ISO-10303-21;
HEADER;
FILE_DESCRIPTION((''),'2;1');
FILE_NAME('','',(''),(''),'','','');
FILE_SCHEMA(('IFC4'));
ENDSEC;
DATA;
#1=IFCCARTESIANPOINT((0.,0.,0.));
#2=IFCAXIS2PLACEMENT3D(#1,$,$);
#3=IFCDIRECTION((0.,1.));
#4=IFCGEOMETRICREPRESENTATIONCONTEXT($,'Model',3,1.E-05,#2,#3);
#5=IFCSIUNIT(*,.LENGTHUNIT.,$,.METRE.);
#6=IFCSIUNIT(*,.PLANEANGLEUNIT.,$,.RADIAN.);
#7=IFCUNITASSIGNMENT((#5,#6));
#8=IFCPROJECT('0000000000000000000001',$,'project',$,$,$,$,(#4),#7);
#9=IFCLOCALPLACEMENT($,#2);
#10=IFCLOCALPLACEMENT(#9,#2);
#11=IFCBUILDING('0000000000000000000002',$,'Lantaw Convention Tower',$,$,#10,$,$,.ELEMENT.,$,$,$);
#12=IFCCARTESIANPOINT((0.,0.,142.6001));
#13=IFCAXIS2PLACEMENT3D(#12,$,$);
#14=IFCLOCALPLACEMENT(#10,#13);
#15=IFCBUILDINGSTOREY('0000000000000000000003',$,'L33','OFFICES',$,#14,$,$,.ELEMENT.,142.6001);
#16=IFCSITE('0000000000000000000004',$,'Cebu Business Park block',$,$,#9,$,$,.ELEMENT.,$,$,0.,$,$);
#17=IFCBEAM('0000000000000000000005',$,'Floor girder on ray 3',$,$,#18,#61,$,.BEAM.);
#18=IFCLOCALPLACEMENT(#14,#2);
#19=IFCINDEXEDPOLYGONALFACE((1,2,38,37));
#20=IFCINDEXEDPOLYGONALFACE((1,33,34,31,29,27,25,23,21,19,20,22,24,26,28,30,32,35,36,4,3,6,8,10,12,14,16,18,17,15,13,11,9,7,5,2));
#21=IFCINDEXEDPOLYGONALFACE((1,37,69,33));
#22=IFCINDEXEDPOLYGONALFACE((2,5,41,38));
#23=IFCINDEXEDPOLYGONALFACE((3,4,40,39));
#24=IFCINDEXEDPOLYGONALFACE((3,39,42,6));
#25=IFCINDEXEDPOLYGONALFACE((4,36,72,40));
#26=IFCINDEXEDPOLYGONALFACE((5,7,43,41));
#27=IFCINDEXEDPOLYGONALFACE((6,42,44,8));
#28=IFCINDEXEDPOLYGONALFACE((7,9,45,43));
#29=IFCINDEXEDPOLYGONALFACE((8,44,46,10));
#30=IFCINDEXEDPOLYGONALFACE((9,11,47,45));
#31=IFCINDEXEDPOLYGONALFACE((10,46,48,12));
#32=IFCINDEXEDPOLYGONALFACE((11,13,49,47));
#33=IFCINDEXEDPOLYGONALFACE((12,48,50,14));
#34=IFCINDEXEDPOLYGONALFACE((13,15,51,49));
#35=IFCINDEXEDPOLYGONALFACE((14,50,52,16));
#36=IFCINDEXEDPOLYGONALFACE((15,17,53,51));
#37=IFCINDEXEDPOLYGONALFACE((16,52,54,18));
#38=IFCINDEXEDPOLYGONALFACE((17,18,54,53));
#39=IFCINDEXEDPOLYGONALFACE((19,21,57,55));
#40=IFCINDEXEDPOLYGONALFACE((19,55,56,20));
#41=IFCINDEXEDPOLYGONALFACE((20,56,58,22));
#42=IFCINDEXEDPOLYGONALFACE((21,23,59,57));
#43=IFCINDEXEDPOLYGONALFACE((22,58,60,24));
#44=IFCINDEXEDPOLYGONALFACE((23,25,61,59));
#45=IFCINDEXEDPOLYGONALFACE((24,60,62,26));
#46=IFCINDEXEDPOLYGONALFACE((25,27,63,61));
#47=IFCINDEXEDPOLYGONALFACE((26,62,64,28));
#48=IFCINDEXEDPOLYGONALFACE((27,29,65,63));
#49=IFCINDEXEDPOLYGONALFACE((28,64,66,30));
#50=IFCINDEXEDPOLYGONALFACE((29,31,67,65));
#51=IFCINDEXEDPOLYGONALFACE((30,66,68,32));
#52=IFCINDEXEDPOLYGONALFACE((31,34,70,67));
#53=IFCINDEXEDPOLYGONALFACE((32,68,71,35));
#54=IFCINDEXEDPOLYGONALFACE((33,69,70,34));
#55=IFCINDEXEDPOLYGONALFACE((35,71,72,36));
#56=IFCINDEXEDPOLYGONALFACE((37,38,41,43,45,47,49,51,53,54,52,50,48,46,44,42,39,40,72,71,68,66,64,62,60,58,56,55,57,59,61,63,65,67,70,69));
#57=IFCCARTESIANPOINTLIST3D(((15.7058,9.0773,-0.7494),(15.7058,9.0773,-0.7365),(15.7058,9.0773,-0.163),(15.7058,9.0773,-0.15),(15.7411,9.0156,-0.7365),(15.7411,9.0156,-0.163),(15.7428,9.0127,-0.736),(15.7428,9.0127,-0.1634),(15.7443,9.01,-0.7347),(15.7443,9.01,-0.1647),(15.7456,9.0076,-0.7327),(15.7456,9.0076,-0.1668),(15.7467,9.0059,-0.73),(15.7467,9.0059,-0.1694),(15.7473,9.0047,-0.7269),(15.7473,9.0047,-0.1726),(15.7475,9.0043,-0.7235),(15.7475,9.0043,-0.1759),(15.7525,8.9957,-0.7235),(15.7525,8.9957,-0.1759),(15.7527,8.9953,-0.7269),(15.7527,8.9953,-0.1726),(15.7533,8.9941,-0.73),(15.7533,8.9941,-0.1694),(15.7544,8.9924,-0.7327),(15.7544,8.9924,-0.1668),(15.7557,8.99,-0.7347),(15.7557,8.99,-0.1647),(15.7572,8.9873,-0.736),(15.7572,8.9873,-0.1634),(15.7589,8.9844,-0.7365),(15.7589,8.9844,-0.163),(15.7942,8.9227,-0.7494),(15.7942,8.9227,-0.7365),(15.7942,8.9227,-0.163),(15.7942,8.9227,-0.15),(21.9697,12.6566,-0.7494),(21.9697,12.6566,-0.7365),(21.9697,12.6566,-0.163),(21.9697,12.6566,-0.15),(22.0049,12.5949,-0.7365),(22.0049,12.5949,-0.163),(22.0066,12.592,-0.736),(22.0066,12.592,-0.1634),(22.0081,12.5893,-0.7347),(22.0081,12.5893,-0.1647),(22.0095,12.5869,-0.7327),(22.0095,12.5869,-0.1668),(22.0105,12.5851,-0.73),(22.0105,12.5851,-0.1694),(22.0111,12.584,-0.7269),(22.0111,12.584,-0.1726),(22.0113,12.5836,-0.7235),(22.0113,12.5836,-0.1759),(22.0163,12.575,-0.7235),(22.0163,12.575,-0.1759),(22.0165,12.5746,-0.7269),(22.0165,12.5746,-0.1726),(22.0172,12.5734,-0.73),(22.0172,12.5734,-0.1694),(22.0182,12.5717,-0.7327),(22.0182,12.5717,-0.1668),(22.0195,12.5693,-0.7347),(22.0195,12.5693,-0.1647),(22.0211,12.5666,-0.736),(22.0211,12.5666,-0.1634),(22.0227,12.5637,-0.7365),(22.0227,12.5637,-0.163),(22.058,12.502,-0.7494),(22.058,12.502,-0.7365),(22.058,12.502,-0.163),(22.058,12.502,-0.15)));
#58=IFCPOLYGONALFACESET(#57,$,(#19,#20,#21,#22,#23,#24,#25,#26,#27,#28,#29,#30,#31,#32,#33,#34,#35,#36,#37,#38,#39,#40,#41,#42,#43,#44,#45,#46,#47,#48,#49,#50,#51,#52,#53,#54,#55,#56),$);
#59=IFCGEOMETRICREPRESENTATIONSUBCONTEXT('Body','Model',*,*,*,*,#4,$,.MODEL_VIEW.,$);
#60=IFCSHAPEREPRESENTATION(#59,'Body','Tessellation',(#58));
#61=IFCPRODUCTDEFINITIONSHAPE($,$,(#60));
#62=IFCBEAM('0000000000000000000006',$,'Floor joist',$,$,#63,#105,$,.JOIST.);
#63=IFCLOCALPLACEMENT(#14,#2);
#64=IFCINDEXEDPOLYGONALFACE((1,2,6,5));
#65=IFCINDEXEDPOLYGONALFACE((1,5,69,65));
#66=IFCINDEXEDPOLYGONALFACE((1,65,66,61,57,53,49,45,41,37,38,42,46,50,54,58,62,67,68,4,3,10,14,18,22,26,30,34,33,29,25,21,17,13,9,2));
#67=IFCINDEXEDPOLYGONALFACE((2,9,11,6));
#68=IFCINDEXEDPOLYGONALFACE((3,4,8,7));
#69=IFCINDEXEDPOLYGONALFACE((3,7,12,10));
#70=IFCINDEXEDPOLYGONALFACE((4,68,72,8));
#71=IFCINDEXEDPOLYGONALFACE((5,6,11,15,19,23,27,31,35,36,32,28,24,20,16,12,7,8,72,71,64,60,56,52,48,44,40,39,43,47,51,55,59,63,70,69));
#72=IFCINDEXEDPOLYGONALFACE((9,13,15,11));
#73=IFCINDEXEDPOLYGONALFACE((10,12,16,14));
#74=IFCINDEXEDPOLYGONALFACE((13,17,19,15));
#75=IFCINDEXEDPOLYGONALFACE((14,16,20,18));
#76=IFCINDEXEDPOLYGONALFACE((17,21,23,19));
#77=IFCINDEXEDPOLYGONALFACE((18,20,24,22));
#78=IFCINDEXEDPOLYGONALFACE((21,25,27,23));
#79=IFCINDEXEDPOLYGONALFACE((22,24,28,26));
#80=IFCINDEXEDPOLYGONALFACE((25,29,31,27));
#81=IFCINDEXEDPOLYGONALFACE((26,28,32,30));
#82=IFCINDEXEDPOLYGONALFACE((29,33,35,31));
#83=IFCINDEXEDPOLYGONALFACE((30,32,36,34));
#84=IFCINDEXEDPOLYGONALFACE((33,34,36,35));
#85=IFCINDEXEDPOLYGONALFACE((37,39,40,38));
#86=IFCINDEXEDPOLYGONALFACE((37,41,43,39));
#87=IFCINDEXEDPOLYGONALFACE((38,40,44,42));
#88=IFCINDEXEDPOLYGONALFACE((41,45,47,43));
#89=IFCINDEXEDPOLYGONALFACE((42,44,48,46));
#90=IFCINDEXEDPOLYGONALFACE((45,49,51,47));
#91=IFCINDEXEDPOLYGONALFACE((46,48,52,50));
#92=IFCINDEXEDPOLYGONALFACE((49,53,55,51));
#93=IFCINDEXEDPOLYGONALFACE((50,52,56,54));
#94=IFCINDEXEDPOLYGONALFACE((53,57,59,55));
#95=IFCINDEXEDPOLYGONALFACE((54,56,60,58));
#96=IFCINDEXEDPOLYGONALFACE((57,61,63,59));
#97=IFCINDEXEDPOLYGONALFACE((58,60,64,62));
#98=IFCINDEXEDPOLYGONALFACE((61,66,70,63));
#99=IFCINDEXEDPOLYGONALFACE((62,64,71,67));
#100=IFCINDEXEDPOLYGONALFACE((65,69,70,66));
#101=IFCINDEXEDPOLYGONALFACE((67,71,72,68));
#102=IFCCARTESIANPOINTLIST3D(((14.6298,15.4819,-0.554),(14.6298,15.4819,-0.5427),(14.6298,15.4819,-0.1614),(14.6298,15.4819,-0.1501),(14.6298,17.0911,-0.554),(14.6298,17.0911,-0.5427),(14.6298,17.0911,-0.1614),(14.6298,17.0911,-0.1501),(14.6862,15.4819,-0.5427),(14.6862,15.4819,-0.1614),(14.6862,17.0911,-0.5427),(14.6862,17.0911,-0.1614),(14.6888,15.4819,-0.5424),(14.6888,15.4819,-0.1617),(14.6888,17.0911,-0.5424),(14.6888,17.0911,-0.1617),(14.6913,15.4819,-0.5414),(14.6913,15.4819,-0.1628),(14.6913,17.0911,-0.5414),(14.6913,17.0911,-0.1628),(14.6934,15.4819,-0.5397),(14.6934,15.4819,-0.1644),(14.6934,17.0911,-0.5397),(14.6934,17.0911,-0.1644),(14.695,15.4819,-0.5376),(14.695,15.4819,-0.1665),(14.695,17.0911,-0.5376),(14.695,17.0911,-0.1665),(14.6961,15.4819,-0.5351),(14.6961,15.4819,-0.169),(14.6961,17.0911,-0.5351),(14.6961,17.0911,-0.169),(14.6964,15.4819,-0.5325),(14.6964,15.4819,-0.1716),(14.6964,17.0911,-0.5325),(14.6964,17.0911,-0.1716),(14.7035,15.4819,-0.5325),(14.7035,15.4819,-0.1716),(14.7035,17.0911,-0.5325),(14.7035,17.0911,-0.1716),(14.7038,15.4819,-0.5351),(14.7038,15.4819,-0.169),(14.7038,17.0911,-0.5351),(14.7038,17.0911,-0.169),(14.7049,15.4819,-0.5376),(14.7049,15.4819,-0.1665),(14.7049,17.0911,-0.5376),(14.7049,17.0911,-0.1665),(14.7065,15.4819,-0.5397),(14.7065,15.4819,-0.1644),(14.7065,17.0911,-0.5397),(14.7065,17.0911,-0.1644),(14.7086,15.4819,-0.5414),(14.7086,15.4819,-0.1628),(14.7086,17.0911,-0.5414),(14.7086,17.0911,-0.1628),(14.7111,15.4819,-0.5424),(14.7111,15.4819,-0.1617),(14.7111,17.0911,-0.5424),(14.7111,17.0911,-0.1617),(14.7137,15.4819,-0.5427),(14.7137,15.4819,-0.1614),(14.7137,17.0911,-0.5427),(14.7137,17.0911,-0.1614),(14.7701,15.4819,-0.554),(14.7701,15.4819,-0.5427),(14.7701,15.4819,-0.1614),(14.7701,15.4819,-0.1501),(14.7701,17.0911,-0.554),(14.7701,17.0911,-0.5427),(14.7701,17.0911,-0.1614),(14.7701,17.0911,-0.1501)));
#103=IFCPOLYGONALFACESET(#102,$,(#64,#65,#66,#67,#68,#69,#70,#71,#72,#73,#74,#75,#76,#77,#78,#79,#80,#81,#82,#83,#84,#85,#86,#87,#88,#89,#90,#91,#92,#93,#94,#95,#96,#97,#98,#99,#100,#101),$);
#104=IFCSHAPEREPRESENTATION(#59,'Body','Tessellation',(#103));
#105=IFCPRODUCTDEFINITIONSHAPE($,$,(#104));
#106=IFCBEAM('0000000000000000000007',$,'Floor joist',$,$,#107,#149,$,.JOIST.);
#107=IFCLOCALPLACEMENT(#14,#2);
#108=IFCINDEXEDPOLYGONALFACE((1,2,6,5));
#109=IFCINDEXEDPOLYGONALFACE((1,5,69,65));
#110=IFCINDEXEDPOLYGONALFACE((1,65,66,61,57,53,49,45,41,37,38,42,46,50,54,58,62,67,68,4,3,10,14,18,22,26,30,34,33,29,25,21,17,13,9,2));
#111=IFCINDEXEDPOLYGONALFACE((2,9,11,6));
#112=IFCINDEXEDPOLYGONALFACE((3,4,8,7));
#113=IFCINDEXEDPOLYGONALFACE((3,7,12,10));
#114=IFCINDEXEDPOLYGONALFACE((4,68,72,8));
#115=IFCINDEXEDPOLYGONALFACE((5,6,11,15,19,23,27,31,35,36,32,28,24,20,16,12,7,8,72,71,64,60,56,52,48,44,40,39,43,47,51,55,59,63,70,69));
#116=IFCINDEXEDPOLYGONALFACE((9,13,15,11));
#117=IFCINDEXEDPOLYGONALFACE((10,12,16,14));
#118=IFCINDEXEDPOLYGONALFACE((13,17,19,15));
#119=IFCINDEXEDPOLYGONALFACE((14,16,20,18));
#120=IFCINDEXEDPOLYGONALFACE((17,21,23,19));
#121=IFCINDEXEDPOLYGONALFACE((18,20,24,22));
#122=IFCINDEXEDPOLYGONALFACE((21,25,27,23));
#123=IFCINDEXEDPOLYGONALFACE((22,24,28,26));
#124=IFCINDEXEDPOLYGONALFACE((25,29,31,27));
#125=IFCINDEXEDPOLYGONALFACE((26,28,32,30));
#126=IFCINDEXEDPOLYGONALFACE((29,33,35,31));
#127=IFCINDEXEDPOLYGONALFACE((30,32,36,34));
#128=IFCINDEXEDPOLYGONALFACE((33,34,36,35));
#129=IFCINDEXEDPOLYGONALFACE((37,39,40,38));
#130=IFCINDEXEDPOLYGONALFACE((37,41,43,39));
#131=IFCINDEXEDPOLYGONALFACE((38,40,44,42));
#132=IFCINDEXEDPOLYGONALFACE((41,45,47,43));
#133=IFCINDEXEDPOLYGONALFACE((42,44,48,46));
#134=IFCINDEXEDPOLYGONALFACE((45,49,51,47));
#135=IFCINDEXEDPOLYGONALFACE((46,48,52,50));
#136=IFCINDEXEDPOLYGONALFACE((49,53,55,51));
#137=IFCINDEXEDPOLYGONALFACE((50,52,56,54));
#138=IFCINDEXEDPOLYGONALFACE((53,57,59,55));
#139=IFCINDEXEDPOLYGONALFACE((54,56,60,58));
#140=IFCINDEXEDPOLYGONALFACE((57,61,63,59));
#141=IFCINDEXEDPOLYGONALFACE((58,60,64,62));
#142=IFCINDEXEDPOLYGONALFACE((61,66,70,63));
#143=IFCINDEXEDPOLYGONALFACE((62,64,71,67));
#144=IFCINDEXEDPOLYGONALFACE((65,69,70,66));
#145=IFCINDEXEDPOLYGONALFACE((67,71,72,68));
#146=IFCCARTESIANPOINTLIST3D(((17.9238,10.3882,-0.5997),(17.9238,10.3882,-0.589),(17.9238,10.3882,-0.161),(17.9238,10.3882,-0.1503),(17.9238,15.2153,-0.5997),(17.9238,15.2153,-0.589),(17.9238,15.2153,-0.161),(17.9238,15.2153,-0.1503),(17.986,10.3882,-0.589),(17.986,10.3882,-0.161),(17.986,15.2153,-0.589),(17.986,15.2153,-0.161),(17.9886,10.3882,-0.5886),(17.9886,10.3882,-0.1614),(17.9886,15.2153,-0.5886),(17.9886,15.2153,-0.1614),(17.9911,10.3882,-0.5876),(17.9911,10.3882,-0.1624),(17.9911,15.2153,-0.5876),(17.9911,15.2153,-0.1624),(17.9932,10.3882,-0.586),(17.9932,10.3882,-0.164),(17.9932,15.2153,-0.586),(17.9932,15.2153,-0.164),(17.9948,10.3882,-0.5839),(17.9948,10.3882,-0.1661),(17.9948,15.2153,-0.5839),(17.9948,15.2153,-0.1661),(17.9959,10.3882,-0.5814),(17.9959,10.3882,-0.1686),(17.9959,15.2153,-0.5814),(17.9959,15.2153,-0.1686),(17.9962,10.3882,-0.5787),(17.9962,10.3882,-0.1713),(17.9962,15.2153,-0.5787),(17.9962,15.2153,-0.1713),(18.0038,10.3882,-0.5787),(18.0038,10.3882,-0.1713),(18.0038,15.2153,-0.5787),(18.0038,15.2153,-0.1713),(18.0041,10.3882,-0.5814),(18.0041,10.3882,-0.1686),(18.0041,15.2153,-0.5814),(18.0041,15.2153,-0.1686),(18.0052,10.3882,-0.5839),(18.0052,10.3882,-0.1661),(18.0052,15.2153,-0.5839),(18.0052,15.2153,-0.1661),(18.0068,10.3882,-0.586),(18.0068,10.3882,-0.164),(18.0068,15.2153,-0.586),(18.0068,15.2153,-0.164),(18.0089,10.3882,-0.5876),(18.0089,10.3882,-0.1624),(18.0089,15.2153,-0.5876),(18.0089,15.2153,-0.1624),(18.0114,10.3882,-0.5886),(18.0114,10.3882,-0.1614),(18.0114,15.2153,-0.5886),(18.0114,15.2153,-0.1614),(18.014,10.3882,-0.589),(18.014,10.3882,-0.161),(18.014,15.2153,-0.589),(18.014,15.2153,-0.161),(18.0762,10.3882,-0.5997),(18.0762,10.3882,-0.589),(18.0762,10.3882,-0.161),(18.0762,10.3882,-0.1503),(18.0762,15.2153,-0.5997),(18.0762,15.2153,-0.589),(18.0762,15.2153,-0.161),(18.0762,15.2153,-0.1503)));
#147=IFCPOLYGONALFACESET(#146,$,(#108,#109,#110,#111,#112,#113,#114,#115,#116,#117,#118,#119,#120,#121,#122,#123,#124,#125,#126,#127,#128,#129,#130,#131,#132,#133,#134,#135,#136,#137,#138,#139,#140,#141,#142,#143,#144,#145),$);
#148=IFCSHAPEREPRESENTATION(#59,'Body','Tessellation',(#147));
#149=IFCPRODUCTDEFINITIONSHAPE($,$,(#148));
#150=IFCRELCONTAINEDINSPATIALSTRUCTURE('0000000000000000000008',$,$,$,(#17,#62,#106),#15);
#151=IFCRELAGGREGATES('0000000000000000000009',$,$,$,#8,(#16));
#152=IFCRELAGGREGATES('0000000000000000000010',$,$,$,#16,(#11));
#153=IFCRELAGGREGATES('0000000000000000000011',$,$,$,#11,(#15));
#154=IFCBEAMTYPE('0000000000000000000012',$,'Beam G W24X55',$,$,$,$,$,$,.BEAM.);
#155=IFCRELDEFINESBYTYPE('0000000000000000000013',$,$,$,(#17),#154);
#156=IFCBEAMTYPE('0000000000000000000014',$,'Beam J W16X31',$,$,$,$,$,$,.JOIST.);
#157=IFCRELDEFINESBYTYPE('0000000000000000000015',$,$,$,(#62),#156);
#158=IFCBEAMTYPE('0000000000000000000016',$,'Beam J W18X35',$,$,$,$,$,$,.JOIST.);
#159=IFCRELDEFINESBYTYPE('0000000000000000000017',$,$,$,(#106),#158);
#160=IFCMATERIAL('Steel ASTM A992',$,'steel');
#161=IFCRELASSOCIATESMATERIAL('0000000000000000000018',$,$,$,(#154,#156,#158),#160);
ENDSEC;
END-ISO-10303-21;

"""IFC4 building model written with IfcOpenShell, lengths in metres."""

from ifc_helpers import new_model, si_unit, direction, frame, origin, origin_2d, place, context, subcontext, project, spatial, i_section, extrude, material, material_profile, profile_set, type_object, element, save


model = new_model("IFC4")

# Units and contexts
model_context = context("Model", 3, precision=1e-05, world=origin(), true_north=direction((0.0, 1.0)))
body_context = subcontext(model_context, "Body", "Model", "MODEL_VIEW")
ifc_project = project(units=[si_unit("LENGTHUNIT", "METRE"), si_unit("PLANEANGLEUNIT", "RADIAN")], contexts=[model_context])

# Site, building, storey
site_placement = place(None, origin())
site = spatial("IfcSite", under=ifc_project, at=site_placement, Name="Cebu Business Park block", CompositionType="ELEMENT", RefElevation=0.0)
building_placement = place(site_placement, origin())
building = spatial("IfcBuilding", under=site, at=building_placement, Name="Lantaw Convention Tower", CompositionType="ELEMENT")
storey_placement = place(building_placement, frame((0.0, 0.0, 142.6001)))
storey = spatial("IfcBuildingStorey", under=building, at=storey_placement, Name="L33", Description="OFFICES", CompositionType="ELEMENT", Elevation=142.6001)

# Beams
ifc_material_1 = material(Name="Steel ASTM A992", Category="steel")
ifc_material_profile_1 = material_profile(ifc_material_1, i_section(OverallWidth=0.178, OverallDepth=0.5994, WebThickness=0.01, FlangeThickness=0.0129, FilletRadius=0.0129, at=origin_2d()), Name="W24X55")
ifc_profile_set_1 = profile_set([ifc_material_profile_1], Name="Steel ASTM A992")
beam_type_1 = type_object("IfcBeamType", Name="Beam G W24X55", PredefinedType="BEAM", material=ifc_profile_set_1)
beam_1_placement = place(storey_placement, frame((15.75, 9.0, -0.4497), z_axis=(0.868245, 0.496135, 0.0), x_axis=(-0.496135, 0.868245, 0.0)))
element("IfcBeam", 1, at=beam_1_placement, inside=storey, type_object=beam_type_1, Name="Floor girder on ray 3", PredefinedType="BEAM", context=body_context, shape_type="SweptSolid", body=[
    extrude(i_section(OverallWidth=0.178, OverallDepth=0.5994, WebThickness=0.01, FlangeThickness=0.0129, FilletRadius=0.0129, at=origin_2d()), origin(), (0.0, 0.0, 1.0), 7.2144),
])
ifc_material_profile_2 = material_profile(ifc_material_1, i_section(OverallWidth=0.1404, OverallDepth=0.4038, WebThickness=0.0071, FlangeThickness=0.0112, FilletRadius=0.0103, at=origin_2d()), Name="W16X31")
ifc_profile_set_2 = profile_set([ifc_material_profile_2], Name="Steel ASTM A992")
beam_type_2 = type_object("IfcBeamType", Name="Beam J W16X31", PredefinedType="JOIST", material=ifc_profile_set_2)
beam_2_placement = place(storey_placement, frame((14.7, 15.4819, -0.3521), z_axis=(0.0, 1.0, 0.0), x_axis=(-1.0, 0.0, 0.0)))
element("IfcBeam", 2, at=beam_2_placement, inside=storey, type_object=beam_type_2, Name="Floor joist", PredefinedType="JOIST", context=body_context, shape_type="SweptSolid", body=[
    extrude(i_section(OverallWidth=0.1404, OverallDepth=0.4038, WebThickness=0.0071, FlangeThickness=0.0112, FilletRadius=0.0103, at=origin_2d()), origin(), (0.0, 0.0, 1.0), 1.6091),
])
ifc_material_profile_3 = material_profile(ifc_material_1, i_section(OverallWidth=0.1523, OverallDepth=0.4495, WebThickness=0.0076, FlangeThickness=0.0107, FilletRadius=0.0103, at=origin_2d()), Name="W18X35")
ifc_profile_set_3 = profile_set([ifc_material_profile_3], Name="Steel ASTM A992")
beam_type_3 = type_object("IfcBeamType", Name="Beam J W18X35", PredefinedType="JOIST", material=ifc_profile_set_3)
beam_3_placement = place(storey_placement, frame((18.0, 10.3882, -0.375), z_axis=(0.0, 1.0, 0.0), x_axis=(-1.0, 0.0, 0.0)))
element("IfcBeam", 3, at=beam_3_placement, inside=storey, type_object=beam_type_3, Name="Floor joist", PredefinedType="JOIST", context=body_context, shape_type="SweptSolid", body=[
    extrude(i_section(OverallWidth=0.1523, OverallDepth=0.4495, WebThickness=0.0076, FlangeThickness=0.0107, FilletRadius=0.0103, at=origin_2d()), origin(), (0.0, 0.0, 1.0), 4.8271),
])

save(model, "model.ifc")
